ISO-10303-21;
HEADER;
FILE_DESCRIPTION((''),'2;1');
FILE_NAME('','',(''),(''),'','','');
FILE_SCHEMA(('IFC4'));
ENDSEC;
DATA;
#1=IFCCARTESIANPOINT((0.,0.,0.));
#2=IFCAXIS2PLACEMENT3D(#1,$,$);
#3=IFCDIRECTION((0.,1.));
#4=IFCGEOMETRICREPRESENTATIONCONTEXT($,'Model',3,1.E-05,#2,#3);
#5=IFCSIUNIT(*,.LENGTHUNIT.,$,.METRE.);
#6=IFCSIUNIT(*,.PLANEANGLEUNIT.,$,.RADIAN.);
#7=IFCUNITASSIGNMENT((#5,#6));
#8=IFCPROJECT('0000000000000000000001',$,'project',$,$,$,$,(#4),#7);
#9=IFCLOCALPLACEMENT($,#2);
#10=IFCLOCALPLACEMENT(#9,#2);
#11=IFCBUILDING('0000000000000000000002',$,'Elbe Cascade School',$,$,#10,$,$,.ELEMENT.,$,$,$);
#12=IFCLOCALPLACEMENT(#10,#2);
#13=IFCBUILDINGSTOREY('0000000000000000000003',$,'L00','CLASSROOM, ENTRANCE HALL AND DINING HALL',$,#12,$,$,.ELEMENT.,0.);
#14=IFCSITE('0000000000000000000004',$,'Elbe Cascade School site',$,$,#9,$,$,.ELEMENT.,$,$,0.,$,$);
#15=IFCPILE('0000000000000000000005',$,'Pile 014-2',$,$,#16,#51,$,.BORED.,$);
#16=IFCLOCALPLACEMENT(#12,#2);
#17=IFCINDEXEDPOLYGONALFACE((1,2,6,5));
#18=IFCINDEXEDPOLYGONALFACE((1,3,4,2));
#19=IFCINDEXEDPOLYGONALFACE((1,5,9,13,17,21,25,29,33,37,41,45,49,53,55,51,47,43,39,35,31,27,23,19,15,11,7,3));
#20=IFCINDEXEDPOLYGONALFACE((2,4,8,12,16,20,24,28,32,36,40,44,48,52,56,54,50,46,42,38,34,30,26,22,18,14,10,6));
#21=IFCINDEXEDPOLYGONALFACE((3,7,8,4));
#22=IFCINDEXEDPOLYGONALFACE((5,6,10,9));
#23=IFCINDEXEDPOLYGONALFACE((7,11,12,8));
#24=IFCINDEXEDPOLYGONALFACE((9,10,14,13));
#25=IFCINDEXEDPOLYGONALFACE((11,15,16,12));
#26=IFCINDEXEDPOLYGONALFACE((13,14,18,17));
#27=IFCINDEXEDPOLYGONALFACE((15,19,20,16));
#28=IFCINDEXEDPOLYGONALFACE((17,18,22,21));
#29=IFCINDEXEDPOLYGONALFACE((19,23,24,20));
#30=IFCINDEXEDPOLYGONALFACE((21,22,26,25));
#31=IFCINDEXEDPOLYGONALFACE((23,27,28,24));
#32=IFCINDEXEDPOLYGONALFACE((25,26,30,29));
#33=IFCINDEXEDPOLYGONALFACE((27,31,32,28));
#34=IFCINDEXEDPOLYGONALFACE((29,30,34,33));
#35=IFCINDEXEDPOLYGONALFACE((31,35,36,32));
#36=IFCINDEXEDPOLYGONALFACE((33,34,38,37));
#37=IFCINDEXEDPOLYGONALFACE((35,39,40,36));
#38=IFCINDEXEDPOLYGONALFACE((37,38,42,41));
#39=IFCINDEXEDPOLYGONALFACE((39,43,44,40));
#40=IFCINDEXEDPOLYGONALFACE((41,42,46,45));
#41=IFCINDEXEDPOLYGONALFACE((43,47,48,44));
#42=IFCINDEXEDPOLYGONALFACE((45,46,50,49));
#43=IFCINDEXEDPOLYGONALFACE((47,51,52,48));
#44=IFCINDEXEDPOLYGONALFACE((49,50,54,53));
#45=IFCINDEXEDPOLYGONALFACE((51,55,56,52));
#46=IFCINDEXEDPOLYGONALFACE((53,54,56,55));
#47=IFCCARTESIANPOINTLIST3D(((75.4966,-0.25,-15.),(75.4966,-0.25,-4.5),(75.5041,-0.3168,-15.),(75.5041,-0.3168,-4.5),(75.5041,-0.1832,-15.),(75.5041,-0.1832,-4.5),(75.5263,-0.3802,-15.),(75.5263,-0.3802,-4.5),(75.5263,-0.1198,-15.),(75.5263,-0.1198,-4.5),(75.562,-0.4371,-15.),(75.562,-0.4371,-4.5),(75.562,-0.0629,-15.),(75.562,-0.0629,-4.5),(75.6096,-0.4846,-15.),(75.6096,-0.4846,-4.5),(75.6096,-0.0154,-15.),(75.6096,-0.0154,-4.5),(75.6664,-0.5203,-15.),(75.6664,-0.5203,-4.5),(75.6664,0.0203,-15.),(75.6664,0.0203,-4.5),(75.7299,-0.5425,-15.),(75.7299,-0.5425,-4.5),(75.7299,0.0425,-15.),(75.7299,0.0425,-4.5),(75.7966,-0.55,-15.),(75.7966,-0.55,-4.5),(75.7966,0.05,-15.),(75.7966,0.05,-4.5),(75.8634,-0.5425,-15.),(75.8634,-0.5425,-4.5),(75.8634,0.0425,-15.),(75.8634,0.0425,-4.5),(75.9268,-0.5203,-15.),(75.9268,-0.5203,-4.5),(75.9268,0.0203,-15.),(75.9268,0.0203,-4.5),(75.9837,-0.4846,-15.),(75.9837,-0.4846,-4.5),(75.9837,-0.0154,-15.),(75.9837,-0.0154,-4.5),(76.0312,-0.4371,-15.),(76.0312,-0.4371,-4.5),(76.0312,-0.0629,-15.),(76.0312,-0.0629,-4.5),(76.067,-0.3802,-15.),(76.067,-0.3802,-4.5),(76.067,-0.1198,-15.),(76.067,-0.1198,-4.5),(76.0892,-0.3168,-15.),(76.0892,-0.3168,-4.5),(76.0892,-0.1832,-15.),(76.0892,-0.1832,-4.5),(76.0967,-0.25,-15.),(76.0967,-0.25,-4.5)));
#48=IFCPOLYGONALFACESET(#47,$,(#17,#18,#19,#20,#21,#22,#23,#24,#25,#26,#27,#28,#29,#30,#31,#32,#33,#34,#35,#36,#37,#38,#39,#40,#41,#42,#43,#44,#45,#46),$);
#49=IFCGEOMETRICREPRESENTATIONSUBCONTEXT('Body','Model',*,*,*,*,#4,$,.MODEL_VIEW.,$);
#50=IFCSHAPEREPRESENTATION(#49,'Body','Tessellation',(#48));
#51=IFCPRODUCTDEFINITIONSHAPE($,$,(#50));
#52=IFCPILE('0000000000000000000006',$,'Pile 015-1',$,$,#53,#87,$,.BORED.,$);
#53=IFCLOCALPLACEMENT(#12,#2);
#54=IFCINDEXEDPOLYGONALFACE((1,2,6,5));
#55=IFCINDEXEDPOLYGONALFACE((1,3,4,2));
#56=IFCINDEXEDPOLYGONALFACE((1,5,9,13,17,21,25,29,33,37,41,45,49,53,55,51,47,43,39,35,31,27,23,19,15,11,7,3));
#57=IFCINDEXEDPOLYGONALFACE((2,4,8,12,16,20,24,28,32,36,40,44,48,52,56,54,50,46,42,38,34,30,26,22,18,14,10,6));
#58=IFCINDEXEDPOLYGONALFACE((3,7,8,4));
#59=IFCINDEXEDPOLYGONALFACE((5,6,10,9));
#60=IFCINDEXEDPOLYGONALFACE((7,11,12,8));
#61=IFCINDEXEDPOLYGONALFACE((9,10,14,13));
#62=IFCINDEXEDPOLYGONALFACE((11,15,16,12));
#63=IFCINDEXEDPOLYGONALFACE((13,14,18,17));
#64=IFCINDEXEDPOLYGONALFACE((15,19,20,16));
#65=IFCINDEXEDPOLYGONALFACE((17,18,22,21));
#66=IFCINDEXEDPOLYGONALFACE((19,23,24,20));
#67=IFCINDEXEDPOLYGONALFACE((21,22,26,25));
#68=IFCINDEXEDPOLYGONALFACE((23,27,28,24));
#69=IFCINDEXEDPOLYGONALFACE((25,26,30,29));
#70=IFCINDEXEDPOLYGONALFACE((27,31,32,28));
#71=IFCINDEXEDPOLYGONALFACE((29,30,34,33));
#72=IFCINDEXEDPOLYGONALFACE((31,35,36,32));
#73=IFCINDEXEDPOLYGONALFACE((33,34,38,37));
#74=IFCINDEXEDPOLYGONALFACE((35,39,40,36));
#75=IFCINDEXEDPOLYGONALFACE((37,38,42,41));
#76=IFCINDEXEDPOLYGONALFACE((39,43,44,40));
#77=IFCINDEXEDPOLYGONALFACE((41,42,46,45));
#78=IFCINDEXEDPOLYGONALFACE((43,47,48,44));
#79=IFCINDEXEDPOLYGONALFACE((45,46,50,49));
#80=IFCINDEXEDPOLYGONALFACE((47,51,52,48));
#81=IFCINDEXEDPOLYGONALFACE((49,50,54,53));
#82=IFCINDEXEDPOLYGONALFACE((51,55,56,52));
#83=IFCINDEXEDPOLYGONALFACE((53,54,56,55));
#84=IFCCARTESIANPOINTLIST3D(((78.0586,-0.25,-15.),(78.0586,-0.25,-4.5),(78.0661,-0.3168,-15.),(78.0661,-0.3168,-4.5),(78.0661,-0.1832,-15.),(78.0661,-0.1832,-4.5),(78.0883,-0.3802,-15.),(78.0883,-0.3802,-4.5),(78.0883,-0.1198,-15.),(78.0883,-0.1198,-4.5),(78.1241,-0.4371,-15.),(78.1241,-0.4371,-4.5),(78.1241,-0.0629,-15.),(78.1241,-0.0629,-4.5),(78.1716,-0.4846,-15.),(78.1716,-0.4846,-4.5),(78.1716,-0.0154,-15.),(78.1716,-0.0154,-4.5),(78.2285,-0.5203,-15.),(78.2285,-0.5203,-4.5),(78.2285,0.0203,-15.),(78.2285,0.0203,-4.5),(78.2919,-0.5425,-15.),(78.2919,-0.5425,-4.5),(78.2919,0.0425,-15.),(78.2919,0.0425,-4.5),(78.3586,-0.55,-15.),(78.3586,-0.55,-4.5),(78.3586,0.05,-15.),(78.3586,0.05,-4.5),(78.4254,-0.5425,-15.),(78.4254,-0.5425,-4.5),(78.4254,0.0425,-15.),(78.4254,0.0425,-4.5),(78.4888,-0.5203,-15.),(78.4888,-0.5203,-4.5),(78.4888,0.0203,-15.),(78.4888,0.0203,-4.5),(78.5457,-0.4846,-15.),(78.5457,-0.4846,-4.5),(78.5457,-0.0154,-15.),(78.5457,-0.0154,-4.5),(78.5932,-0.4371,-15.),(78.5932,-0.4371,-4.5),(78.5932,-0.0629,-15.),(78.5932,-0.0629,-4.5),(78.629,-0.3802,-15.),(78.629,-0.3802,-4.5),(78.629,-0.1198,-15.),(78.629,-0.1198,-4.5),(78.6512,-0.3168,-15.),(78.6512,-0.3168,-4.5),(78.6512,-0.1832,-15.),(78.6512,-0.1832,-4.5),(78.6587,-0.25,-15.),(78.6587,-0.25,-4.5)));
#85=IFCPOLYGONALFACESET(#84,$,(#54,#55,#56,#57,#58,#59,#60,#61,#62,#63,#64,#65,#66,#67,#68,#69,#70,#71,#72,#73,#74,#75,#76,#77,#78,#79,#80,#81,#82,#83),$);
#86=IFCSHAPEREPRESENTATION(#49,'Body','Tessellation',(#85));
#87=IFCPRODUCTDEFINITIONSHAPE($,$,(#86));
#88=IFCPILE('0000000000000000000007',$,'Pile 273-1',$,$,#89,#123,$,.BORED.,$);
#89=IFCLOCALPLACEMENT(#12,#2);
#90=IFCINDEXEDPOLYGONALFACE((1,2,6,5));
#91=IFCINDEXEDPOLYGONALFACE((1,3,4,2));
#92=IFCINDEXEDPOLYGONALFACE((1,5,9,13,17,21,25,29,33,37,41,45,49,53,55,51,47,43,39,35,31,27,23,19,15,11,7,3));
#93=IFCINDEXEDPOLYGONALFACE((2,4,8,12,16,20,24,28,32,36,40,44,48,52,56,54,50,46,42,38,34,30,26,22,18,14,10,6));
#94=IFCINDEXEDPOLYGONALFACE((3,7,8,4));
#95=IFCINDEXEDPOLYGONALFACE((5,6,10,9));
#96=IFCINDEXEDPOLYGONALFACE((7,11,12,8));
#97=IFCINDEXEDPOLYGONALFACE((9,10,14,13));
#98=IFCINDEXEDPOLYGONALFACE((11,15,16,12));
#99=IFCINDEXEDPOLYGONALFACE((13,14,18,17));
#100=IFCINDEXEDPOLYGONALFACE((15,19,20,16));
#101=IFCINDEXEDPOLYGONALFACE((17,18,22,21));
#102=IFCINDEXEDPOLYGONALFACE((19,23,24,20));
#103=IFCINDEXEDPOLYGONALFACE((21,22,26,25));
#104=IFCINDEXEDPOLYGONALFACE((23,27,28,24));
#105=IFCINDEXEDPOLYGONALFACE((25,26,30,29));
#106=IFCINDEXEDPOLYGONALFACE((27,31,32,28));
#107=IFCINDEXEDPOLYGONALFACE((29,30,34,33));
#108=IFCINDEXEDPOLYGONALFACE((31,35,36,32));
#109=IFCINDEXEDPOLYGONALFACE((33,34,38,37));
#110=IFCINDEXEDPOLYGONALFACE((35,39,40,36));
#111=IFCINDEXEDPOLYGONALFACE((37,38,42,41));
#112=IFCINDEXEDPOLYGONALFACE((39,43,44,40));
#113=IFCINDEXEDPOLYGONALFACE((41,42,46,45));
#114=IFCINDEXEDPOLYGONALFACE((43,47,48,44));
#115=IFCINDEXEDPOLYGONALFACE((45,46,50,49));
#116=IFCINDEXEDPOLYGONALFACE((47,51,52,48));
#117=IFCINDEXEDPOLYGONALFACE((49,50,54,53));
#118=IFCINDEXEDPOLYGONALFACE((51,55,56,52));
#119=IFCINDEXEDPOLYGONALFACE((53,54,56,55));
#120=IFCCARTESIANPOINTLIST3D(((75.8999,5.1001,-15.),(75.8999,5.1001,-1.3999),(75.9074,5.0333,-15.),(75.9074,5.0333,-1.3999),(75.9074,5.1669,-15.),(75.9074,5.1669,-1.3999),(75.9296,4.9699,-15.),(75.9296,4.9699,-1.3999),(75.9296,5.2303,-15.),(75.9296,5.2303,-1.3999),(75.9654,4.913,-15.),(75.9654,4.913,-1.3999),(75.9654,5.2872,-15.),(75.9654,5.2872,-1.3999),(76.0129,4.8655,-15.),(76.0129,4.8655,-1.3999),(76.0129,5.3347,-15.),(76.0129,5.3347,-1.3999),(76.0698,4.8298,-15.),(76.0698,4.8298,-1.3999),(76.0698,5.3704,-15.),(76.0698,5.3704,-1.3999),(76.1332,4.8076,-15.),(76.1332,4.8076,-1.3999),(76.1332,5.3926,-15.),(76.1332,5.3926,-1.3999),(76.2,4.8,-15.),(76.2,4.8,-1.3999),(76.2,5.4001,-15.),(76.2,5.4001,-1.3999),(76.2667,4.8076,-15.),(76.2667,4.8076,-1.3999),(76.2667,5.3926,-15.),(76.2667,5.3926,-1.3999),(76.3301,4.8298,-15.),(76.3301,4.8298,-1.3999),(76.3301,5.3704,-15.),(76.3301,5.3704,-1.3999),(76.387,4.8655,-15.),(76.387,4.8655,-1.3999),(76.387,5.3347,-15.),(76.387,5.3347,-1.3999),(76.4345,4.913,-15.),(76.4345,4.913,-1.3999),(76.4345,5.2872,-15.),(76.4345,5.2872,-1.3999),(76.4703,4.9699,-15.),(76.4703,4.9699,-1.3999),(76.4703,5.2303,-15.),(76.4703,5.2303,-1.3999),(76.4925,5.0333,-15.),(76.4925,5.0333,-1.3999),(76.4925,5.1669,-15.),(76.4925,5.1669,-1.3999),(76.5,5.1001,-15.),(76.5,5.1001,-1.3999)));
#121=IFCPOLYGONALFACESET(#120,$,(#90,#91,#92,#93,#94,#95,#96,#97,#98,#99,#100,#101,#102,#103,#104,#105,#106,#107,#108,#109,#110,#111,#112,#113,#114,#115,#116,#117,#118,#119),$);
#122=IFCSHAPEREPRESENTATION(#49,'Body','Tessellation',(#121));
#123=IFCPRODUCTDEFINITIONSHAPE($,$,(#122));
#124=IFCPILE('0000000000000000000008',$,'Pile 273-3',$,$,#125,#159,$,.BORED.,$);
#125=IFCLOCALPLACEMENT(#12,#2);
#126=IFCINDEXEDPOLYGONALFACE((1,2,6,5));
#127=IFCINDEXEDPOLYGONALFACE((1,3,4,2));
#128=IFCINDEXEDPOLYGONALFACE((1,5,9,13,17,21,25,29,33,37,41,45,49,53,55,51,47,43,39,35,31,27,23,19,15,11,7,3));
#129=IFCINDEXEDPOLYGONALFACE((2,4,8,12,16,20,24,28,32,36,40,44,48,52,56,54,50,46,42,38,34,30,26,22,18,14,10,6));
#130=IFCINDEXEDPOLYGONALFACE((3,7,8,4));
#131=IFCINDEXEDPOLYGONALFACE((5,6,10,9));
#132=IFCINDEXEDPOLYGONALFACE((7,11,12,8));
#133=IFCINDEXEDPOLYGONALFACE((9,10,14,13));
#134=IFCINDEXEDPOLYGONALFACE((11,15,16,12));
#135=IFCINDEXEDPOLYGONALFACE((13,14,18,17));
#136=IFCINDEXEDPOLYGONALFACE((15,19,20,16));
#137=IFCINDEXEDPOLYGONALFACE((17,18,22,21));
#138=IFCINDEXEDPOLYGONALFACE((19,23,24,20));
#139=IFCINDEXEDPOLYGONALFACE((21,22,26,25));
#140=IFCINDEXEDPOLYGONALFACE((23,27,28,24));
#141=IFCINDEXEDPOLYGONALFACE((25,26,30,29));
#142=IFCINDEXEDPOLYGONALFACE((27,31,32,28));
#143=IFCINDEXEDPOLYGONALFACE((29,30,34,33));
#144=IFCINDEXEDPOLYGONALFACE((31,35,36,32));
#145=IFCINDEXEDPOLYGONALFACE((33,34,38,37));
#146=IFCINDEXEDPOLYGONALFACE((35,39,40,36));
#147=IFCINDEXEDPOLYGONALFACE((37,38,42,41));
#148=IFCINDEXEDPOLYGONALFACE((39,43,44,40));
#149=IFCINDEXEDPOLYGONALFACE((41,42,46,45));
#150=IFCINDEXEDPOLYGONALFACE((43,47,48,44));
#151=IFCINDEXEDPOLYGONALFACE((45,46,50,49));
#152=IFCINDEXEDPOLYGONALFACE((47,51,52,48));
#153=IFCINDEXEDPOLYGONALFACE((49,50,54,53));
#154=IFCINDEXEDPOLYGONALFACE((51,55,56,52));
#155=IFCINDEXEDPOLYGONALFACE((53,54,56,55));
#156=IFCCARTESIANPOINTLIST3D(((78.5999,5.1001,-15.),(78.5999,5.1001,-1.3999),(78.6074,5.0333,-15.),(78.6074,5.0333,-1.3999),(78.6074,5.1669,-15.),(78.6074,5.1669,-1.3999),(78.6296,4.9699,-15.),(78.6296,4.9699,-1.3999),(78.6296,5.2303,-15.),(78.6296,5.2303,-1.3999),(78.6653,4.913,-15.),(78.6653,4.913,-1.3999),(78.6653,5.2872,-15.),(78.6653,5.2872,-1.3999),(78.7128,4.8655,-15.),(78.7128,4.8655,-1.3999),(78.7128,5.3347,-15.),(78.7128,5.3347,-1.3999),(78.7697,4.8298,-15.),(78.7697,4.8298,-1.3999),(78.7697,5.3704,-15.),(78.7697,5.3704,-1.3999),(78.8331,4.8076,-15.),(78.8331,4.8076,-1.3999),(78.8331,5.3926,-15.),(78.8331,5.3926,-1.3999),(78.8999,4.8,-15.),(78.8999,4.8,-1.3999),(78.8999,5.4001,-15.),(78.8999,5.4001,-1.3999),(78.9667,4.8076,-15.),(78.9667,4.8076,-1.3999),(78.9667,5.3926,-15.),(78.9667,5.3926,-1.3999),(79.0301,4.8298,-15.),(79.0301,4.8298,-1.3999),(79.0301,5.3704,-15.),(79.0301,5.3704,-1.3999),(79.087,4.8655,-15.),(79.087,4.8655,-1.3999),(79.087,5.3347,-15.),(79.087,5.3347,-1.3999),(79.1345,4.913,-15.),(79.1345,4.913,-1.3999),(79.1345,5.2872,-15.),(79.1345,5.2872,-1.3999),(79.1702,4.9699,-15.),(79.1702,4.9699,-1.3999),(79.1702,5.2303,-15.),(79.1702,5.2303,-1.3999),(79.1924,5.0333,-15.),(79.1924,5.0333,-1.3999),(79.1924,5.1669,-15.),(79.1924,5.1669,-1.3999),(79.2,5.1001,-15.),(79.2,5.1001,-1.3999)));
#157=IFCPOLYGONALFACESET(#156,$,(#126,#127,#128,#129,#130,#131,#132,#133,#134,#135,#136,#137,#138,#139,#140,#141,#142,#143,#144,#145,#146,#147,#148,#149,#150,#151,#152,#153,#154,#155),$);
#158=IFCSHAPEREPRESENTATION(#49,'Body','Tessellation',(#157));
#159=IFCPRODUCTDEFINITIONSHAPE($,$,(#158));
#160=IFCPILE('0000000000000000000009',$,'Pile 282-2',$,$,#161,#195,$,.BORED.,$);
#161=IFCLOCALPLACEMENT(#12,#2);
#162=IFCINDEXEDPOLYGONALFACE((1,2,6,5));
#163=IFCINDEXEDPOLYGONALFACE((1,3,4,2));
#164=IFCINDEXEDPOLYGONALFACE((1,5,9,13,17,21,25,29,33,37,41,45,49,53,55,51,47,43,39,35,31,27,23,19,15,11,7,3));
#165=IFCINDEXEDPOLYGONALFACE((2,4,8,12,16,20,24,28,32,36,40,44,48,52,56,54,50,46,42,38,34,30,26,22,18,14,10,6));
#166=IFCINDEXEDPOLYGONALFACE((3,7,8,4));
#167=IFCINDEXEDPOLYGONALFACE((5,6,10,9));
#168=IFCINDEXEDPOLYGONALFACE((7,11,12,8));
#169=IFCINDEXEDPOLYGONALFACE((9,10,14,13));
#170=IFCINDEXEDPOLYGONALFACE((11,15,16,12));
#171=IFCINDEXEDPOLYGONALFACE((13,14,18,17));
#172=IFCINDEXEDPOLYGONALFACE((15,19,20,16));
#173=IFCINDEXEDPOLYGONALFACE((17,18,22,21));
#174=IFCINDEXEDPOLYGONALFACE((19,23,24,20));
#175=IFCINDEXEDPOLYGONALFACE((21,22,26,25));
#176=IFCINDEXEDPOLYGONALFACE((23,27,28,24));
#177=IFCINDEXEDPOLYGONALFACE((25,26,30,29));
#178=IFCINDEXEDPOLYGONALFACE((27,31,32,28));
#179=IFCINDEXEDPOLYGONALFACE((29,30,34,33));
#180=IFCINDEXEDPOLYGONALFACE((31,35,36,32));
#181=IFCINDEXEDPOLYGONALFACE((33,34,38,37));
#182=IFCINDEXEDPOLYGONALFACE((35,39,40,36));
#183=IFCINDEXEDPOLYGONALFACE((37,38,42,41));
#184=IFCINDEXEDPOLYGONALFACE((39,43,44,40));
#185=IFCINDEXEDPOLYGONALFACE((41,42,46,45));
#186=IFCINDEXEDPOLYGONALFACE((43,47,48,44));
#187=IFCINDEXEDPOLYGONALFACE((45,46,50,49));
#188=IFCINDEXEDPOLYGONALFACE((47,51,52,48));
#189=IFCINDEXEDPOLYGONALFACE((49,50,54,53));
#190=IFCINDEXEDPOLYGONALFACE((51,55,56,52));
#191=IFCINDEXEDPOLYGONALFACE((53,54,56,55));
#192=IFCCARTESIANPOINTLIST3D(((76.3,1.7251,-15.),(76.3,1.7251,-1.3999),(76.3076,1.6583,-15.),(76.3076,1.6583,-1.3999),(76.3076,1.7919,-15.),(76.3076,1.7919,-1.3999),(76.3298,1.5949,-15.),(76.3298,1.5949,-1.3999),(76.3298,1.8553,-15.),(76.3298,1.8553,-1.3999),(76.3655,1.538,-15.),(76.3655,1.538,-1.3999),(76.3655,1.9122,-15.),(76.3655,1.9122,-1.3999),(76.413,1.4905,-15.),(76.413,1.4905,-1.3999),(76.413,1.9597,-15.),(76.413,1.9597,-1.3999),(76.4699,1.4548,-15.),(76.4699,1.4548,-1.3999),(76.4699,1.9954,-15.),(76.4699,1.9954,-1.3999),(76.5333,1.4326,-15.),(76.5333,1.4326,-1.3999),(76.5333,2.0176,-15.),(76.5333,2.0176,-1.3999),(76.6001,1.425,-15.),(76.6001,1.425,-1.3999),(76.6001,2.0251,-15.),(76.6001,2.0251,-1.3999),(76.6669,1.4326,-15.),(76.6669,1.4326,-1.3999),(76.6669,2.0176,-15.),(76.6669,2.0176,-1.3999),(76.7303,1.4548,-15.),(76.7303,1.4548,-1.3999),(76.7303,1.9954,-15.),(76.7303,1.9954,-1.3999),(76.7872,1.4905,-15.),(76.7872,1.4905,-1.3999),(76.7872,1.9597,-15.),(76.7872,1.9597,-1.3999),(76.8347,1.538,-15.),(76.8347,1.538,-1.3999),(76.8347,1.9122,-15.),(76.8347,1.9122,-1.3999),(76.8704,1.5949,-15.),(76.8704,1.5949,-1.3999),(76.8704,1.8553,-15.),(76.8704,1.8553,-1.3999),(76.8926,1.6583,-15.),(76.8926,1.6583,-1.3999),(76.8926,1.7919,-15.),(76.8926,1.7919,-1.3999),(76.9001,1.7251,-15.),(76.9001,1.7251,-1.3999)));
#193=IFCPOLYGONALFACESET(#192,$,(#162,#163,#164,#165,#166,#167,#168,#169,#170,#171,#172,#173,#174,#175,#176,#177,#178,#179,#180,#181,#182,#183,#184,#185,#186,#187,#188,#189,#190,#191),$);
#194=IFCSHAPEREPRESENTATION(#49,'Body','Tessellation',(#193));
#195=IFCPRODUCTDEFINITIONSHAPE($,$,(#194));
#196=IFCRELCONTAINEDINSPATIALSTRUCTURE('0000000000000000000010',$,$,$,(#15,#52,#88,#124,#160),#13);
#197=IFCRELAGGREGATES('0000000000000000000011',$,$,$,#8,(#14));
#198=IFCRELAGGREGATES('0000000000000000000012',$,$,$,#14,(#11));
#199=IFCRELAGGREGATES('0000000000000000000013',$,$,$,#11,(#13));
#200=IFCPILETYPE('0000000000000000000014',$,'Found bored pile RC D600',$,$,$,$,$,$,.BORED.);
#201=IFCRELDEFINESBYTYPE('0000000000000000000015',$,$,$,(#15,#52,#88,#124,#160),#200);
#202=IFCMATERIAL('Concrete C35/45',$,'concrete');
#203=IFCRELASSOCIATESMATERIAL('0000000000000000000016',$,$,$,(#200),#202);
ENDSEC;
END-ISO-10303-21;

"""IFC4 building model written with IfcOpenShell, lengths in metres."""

from ifc_helpers import new_model, si_unit, direction, frame, origin, origin_2d, place, context, subcontext, project, spatial, circle, extrude, material, material_profile, profile_set, type_object, element, save


model = new_model("IFC4")

# Units and contexts
model_context = context("Model", 3, precision=1e-05, world=origin(), true_north=direction((0.0, 1.0)))
body_context = subcontext(model_context, "Body", "Model", "MODEL_VIEW")
ifc_project = project(units=[si_unit("LENGTHUNIT", "METRE"), si_unit("PLANEANGLEUNIT", "RADIAN")], contexts=[model_context])

# Site, building, storey
site_placement = place(None, origin())
site = spatial("IfcSite", under=ifc_project, at=site_placement, Name="Elbe Cascade School site", CompositionType="ELEMENT", RefElevation=0.0)
building_placement = place(site_placement, origin())
building = spatial("IfcBuilding", under=site, at=building_placement, Name="Elbe Cascade School", CompositionType="ELEMENT")
storey_placement = place(building_placement, origin())
storey = spatial("IfcBuildingStorey", under=building, at=storey_placement, Name="L00", Description="CLASSROOM, ENTRANCE HALL AND DINING HALL", CompositionType="ELEMENT", Elevation=0.0)

# Piles
ifc_material_1 = material(Name="Concrete C35/45", Category="concrete")
ifc_material_profile_1 = material_profile(ifc_material_1, circle(Radius=0.3, at=origin_2d()), Name="RC D600")
ifc_profile_set_1 = profile_set([ifc_material_profile_1], Name="Concrete C35/45")
pile_type = type_object("IfcPileType", Name="Found bored pile RC D600", PredefinedType="BORED", material=ifc_profile_set_1)
for number, where, z_axis, x_axis, name in (
    (1, (75.7966, -0.25, -4.5), (0.0, 0.0, -1.0), (1.0, 0.0, 0.0), "Pile 014-2"),
    (2, (78.3586, -0.25, -4.5), (0.0, 0.0, -1.0), (1.0, 0.0, 0.0), "Pile 015-1"),
):
    element("IfcPile", number, at=place(storey_placement, frame(where, z_axis=z_axis, x_axis=x_axis)), inside=storey, type_object=pile_type, Name=name, PredefinedType="BORED", context=body_context, shape_type="SweptSolid", body=[
        extrude(circle(Radius=0.3, at=origin_2d()), origin(), (0.0, 0.0, 1.0), 10.5),
    ])
for number, where, z_axis, x_axis, name in (
    (3, (76.2, 5.1001, -1.3999), (0.0, 0.0, -1.0), (1.0, 0.0, 0.0), "Pile 273-1"),
    (4, (78.8999, 5.1001, -1.3999), (0.0, 0.0, -1.0), (1.0, 0.0, 0.0), "Pile 273-3"),
    (5, (76.6001, 1.7251, -1.3999), (0.0, 0.0, -1.0), (1.0, 0.0, 0.0), "Pile 282-2"),
):
    element("IfcPile", number, at=place(storey_placement, frame(where, z_axis=z_axis, x_axis=x_axis)), inside=storey, type_object=pile_type, Name=name, PredefinedType="BORED", context=body_context, shape_type="SweptSolid", body=[
        extrude(circle(Radius=0.3, at=origin_2d()), origin(), (0.0, 0.0, 1.0), 13.6001),
    ])

save(model, "model.ifc")
